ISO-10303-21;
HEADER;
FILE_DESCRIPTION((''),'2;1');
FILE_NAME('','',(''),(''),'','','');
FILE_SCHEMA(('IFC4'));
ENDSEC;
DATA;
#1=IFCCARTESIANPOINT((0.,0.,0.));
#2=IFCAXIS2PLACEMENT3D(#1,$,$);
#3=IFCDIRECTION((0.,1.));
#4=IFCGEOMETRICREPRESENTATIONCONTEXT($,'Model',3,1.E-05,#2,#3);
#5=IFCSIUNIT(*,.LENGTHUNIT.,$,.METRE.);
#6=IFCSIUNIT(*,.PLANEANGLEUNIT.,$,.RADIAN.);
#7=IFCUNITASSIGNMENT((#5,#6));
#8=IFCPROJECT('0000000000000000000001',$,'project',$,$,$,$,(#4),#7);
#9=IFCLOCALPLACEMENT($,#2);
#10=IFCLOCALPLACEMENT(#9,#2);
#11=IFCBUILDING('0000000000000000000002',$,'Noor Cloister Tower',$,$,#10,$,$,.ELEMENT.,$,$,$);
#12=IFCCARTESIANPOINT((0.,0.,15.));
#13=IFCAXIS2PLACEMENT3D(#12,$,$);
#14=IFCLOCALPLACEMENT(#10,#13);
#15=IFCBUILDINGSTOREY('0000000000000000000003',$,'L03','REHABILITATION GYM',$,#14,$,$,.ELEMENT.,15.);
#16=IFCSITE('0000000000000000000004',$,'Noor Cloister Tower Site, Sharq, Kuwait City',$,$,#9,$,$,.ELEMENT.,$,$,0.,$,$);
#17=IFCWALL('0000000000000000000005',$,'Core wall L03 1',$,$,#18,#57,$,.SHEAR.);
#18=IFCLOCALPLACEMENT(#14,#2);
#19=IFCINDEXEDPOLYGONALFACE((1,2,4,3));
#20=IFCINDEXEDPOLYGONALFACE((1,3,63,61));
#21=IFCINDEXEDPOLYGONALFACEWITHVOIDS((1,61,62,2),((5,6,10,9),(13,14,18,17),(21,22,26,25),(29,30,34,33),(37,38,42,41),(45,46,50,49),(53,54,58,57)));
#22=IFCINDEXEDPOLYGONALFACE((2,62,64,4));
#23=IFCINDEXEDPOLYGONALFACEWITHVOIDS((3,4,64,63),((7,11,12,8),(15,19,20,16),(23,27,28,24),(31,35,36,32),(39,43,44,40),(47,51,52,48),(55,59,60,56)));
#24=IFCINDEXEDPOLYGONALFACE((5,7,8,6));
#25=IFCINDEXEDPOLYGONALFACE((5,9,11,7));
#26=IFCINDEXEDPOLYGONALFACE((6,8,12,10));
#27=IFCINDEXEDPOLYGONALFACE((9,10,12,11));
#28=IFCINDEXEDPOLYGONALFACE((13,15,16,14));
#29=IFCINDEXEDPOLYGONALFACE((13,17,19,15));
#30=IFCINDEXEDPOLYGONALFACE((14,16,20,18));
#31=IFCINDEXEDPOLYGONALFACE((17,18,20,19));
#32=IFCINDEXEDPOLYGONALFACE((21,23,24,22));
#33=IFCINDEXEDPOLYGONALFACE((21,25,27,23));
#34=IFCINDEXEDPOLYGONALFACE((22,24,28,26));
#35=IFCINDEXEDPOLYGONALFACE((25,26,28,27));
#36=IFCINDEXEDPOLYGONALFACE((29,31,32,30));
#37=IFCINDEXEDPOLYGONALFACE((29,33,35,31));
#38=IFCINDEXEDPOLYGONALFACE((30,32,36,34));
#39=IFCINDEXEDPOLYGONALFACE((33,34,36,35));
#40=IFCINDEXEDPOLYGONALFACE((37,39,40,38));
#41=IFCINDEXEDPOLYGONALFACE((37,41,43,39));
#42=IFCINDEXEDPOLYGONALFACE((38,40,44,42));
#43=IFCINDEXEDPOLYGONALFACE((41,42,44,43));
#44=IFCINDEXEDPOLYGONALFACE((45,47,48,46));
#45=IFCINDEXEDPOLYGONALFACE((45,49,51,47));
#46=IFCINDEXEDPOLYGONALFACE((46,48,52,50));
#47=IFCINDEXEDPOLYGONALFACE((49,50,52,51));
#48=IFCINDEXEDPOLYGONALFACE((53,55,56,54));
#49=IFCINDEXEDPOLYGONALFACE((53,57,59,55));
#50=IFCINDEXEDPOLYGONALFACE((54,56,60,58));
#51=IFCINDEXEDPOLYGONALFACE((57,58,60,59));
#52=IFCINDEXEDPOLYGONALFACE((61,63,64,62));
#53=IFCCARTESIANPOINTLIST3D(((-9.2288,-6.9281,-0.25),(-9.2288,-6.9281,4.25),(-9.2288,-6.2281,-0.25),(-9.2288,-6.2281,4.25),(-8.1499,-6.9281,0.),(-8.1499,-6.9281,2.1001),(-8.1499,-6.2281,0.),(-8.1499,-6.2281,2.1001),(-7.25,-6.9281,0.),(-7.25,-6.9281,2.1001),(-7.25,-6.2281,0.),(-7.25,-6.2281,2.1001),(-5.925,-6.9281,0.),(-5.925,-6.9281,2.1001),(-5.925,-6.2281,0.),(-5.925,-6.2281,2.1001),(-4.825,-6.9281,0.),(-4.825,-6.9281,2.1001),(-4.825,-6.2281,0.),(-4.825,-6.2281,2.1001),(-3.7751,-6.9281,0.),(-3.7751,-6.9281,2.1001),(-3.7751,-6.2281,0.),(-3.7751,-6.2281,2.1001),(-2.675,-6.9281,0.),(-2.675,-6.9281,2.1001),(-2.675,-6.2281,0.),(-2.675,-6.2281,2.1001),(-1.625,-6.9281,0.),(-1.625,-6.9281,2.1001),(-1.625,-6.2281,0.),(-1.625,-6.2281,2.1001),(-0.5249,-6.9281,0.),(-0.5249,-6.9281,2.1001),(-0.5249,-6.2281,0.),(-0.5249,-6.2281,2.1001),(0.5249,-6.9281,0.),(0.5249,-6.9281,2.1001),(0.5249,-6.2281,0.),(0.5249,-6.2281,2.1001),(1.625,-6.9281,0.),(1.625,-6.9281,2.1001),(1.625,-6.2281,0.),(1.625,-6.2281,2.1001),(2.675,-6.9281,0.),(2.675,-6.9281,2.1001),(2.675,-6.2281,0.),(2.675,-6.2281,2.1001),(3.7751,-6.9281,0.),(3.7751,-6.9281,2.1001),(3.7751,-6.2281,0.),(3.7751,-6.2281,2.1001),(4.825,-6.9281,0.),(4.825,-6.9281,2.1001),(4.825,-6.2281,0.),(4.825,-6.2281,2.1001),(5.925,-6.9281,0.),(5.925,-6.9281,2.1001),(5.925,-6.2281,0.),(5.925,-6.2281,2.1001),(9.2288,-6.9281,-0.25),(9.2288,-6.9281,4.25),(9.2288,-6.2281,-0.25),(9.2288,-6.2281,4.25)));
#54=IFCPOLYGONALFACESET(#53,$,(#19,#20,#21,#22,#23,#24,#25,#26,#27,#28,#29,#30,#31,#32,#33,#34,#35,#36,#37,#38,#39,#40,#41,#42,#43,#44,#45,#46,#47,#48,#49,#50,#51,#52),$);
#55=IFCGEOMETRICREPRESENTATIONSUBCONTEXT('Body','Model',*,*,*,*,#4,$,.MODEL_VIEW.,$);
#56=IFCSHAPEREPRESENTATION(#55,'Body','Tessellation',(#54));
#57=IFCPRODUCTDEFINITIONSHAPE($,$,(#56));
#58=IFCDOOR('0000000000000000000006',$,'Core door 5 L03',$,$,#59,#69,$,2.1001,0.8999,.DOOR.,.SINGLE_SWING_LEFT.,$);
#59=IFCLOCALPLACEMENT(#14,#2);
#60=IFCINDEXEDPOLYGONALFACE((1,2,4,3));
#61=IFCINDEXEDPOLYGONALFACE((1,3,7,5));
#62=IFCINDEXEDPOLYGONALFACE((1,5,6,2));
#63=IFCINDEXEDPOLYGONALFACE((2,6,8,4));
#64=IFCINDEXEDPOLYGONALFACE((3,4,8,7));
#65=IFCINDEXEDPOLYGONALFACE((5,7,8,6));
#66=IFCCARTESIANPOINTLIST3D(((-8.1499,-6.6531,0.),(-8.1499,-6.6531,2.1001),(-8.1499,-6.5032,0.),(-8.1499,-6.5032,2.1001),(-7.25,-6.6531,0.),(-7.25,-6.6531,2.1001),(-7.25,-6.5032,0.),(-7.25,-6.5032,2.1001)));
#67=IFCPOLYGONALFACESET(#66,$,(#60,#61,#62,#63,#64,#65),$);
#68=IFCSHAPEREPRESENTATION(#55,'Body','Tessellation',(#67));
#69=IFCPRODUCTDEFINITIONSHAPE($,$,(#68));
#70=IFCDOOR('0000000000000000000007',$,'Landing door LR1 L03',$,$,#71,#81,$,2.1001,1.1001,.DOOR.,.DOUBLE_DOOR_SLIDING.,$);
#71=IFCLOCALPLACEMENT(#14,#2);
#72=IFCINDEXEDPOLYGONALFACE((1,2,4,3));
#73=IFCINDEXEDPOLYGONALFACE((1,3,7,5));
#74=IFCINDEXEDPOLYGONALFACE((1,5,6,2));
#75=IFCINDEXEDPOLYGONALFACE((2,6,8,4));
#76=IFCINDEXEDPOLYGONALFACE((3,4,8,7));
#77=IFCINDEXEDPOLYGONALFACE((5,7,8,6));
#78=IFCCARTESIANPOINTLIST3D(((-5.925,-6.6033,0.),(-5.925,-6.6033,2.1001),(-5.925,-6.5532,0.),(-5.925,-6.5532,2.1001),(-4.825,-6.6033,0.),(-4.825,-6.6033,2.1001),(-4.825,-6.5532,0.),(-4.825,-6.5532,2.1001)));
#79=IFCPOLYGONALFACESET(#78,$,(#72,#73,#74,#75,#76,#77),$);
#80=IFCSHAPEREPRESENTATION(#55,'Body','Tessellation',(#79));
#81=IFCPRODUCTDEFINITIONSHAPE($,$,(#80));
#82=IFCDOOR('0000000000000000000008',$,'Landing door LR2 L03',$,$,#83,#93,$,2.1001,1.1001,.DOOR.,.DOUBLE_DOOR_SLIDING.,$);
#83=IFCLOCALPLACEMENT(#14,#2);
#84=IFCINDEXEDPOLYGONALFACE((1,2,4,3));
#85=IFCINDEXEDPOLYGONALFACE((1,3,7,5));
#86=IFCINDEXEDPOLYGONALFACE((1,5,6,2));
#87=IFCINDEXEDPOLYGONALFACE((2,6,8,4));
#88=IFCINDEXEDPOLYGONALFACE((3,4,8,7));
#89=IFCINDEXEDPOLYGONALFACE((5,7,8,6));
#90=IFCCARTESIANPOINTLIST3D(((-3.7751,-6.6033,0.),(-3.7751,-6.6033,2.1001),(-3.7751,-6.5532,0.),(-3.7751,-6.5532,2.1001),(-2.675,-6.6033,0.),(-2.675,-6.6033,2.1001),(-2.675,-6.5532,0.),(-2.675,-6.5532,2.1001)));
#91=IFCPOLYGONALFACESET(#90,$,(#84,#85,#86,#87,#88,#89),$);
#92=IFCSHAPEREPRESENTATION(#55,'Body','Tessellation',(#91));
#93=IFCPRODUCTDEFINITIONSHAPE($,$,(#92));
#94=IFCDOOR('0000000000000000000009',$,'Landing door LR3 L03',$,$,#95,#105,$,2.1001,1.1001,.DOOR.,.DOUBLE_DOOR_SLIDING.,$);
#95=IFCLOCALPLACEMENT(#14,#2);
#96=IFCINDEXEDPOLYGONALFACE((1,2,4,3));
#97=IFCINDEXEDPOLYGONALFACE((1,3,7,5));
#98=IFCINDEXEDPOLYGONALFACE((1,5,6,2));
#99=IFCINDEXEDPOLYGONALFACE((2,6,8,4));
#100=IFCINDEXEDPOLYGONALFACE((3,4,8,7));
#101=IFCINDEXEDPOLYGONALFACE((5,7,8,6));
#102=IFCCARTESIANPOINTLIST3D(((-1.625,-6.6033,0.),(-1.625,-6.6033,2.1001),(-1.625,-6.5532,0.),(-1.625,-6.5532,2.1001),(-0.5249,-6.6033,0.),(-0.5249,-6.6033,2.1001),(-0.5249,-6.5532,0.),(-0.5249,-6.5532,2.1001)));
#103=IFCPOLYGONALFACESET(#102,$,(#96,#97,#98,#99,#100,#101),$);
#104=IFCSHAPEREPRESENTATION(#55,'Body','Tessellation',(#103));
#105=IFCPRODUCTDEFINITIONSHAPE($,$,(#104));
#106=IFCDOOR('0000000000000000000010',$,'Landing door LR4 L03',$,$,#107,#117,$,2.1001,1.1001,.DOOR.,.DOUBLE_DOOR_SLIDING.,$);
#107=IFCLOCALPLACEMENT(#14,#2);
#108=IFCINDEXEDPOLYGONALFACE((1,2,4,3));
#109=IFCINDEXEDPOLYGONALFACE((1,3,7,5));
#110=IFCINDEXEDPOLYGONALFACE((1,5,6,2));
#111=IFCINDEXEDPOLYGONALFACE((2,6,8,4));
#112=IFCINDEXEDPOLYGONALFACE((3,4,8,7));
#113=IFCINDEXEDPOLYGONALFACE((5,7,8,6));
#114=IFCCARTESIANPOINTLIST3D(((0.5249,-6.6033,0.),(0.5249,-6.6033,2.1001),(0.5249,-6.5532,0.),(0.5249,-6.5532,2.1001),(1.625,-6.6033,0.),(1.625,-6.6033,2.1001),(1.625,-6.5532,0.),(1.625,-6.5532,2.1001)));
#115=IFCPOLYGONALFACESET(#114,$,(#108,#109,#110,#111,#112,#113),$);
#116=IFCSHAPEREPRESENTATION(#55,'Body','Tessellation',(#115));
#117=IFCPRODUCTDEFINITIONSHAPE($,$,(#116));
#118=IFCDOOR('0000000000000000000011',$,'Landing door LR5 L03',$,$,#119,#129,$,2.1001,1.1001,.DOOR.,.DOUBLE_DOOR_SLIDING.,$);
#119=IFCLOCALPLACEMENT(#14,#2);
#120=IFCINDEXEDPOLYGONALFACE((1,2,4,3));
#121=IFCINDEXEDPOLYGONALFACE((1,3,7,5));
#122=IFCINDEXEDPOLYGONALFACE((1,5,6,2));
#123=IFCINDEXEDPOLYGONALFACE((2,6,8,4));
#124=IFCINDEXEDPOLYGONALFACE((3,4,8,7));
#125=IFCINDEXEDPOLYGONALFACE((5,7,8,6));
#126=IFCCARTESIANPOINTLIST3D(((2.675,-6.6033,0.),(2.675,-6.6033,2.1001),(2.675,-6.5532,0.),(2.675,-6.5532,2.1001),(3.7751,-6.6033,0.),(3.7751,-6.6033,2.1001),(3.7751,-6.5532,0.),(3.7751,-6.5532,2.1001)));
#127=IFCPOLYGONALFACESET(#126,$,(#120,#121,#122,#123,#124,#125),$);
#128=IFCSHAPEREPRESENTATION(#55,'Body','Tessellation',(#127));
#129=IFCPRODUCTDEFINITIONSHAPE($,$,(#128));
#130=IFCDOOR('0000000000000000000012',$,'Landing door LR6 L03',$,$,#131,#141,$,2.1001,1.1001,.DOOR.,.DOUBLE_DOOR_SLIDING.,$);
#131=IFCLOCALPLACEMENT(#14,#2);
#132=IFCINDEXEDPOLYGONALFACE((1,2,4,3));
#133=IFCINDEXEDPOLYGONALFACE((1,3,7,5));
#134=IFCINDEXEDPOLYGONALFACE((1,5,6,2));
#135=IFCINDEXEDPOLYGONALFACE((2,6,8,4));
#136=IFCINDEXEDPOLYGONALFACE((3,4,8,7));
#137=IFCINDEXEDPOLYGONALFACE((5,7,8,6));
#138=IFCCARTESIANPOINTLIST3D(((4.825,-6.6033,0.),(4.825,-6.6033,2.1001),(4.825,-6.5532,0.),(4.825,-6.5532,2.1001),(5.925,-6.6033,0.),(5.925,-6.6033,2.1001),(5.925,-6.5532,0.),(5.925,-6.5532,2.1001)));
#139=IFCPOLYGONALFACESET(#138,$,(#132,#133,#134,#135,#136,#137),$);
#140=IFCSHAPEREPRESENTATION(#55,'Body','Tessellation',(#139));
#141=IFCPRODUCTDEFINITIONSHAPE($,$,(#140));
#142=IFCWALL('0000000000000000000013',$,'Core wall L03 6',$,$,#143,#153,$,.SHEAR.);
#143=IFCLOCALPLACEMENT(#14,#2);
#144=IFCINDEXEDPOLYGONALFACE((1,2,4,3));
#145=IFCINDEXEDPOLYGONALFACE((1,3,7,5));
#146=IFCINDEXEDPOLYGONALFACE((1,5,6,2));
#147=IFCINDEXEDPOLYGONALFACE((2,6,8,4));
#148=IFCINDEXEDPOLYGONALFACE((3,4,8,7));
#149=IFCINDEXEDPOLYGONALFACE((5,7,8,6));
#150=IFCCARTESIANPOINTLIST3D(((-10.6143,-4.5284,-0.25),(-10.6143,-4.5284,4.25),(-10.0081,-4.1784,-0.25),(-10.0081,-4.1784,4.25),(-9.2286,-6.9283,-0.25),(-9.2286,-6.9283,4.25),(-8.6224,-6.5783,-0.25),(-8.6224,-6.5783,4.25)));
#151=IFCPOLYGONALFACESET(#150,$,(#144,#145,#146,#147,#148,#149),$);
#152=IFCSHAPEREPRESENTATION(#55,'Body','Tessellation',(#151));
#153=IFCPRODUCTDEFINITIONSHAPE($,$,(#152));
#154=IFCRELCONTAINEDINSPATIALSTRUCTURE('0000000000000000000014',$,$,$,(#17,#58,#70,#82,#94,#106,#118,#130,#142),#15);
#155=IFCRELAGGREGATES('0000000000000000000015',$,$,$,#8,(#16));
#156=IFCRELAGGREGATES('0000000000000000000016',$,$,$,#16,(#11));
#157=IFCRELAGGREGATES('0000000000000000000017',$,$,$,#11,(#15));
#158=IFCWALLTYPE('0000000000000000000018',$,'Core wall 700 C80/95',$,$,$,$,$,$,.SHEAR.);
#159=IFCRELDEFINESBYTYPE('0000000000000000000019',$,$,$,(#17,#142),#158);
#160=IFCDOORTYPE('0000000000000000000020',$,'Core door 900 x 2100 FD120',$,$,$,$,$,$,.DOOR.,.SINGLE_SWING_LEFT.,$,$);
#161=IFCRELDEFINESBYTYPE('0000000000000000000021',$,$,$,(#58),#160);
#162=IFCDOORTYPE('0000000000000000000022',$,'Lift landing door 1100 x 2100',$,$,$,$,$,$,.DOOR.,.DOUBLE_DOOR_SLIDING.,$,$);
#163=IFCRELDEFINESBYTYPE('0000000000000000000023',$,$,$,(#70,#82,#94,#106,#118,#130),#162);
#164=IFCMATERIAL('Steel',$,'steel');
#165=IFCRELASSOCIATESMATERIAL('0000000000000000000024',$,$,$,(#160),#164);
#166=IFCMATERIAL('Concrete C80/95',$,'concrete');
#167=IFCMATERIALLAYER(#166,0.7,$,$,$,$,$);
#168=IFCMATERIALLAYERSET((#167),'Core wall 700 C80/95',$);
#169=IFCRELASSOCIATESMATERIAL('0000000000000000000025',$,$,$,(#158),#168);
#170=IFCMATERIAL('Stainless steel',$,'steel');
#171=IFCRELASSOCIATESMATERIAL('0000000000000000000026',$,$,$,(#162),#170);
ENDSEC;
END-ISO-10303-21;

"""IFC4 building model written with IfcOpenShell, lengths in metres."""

from ifc_helpers import new_model, si_unit, direction, frame, frame_2d, origin, place, context, subcontext, project, spatial, rectangle, extrude, material, layer, layer_set, type_object, element, fill, save


model = new_model("IFC4")

# Units and contexts
model_context = context("Model", 3, precision=1e-05, world=origin(), true_north=direction((0.0, 1.0)))
body_context = subcontext(model_context, "Body", "Model", "MODEL_VIEW")
ifc_project = project(units=[si_unit("LENGTHUNIT", "METRE"), si_unit("PLANEANGLEUNIT", "RADIAN")], contexts=[model_context])

# Site, building, storey
site_placement = place(None, origin())
site = spatial("IfcSite", under=ifc_project, at=site_placement, Name="Noor Cloister Tower Site, Sharq, Kuwait City", CompositionType="ELEMENT", RefElevation=0.0)
building_placement = place(site_placement, origin())
building = spatial("IfcBuilding", under=site, at=building_placement, Name="Noor Cloister Tower", CompositionType="ELEMENT")
storey_placement = place(building_placement, frame((0.0, 0.0, 15.0)))
storey = spatial("IfcBuildingStorey", under=building, at=storey_placement, Name="L03", Description="REHABILITATION GYM", CompositionType="ELEMENT", Elevation=15.0)

# Shared definitions
ifc_material_1 = material(Name="Steel", Category="steel")
door_type_1 = type_object("IfcDoorType", Name="Core door 900 x 2100 FD120", OperationType="SINGLE_SWING_LEFT", PredefinedType="DOOR", material=ifc_material_1)

# Wall, openings, doors
ifc_material_2 = material(Name="Concrete C80/95", Category="concrete")
ifc_layer_1 = layer(ifc_material_2, 0.7)
ifc_layer_set_1 = layer_set([ifc_layer_1], Name="Core wall 700 C80/95")
wall_type_1 = type_object("IfcWallType", Name="Core wall 700 C80/95", PredefinedType="SHEAR", material=ifc_layer_set_1)
wall_1_placement = place(storey_placement, frame((-9.2288, -6.5781, -0.25), z_axis=(0.0, 0.0, 1.0), x_axis=(1.0, 0.0, 0.0)))
wall_1 = element("IfcWall", 1, at=wall_1_placement, inside=storey, type_object=wall_type_1, Name="Core wall L03 1", PredefinedType="SHEAR", context=body_context, shape_type="SweptSolid", body=[
    extrude(rectangle(XDim=18.4575, YDim=0.7, at=frame_2d((9.2288, 0.0))), origin(), (0.0, 0.0, 1.0), 4.5),
])
opening_1_placement = place(wall_1_placement, frame((3.3037, 0.0, 0.25)))
opening_1 = element("IfcOpeningElement", 2, at=opening_1_placement, cuts=wall_1, PredefinedType="OPENING", context=body_context, shape_type="SweptSolid", body=[
    extrude(rectangle(XDim=1.1001, YDim=2.1001, at=frame_2d((0.55, 1.05))), frame((0.0, 0.3599, 0.0), z_axis=(0.0, -1.0, 0.0), x_axis=(1.0, 0.0, 0.0)), (0.0, 0.0, 1.0), 0.72),
])
opening_2_placement = place(wall_1_placement, frame((5.4536, 0.0, 0.25)))
opening_2 = element("IfcOpeningElement", 3, at=opening_2_placement, cuts=wall_1, PredefinedType="OPENING", context=body_context, shape_type="SweptSolid", body=[
    extrude(rectangle(XDim=1.1001, YDim=2.1001, at=frame_2d((0.55, 1.05))), frame((0.0, 0.3599, 0.0), z_axis=(0.0, -1.0, 0.0), x_axis=(1.0, 0.0, 0.0)), (0.0, 0.0, 1.0), 0.72),
])
opening_3_placement = place(wall_1_placement, frame((7.6038, 0.0, 0.25)))
opening_3 = element("IfcOpeningElement", 4, at=opening_3_placement, cuts=wall_1, PredefinedType="OPENING", context=body_context, shape_type="SweptSolid", body=[
    extrude(rectangle(XDim=1.1001, YDim=2.1001, at=frame_2d((0.55, 1.05))), frame((0.0, 0.3599, 0.0), z_axis=(0.0, -1.0, 0.0), x_axis=(1.0, 0.0, 0.0)), (0.0, 0.0, 1.0), 0.72),
])
opening_4_placement = place(wall_1_placement, frame((9.7537, 0.0, 0.25)))
opening_4 = element("IfcOpeningElement", 5, at=opening_4_placement, cuts=wall_1, PredefinedType="OPENING", context=body_context, shape_type="SweptSolid", body=[
    extrude(rectangle(XDim=1.1001, YDim=2.1001, at=frame_2d((0.55, 1.05))), frame((0.0, 0.3599, 0.0), z_axis=(0.0, -1.0, 0.0), x_axis=(1.0, 0.0, 0.0)), (0.0, 0.0, 1.0), 0.72),
])
opening_5_placement = place(wall_1_placement, frame((11.9038, 0.0, 0.25)))
opening_5 = element("IfcOpeningElement", 6, at=opening_5_placement, cuts=wall_1, PredefinedType="OPENING", context=body_context, shape_type="SweptSolid", body=[
    extrude(rectangle(XDim=1.1001, YDim=2.1001, at=frame_2d((0.55, 1.05))), frame((0.0, 0.3599, 0.0), z_axis=(0.0, -1.0, 0.0), x_axis=(1.0, 0.0, 0.0)), (0.0, 0.0, 1.0), 0.72),
])
opening_6_placement = place(wall_1_placement, frame((14.0537, 0.0, 0.25)))
opening_6 = element("IfcOpeningElement", 7, at=opening_6_placement, cuts=wall_1, PredefinedType="OPENING", context=body_context, shape_type="SweptSolid", body=[
    extrude(rectangle(XDim=1.1001, YDim=2.1001, at=frame_2d((0.55, 1.05))), frame((0.0, 0.3599, 0.0), z_axis=(0.0, -1.0, 0.0), x_axis=(1.0, 0.0, 0.0)), (0.0, 0.0, 1.0), 0.72),
])
opening_7_placement = place(wall_1_placement, frame((1.0789, 0.0, 0.25)))
opening_7 = element("IfcOpeningElement", 8, at=opening_7_placement, cuts=wall_1, PredefinedType="OPENING", context=body_context, shape_type="SweptSolid", body=[
    extrude(rectangle(XDim=0.8999, YDim=2.1001, at=frame_2d((0.45, 1.05))), frame((0.0, 0.3599, 0.0), z_axis=(0.0, -1.0, 0.0), x_axis=(1.0, 0.0, 0.0)), (0.0, 0.0, 1.0), 0.72),
])
door_1_placement = place(opening_7_placement, origin())
door_1 = element("IfcDoor", 9, at=door_1_placement, inside=storey, type_object=door_type_1, Name="Core door 5 L03", OperationType="SINGLE_SWING_LEFT", OverallHeight=2.1001, OverallWidth=0.8999, PredefinedType="DOOR", context=body_context, shape_type="SweptSolid", body=[
    extrude(rectangle(XDim=0.8999, YDim=2.1001, at=frame_2d((0.45, 1.05))), frame((0.0, 0.075, 0.0), z_axis=(0.0, -1.0, 0.0), x_axis=(1.0, 0.0, 0.0)), (0.0, 0.0, 1.0), 0.1499),
])
fill(opening_7, door_1)
ifc_material_3 = material(Name="Stainless steel", Category="steel")
door_type_2 = type_object("IfcDoorType", Name="Lift landing door 1100 x 2100", OperationType="DOUBLE_DOOR_SLIDING", PredefinedType="DOOR", material=ifc_material_3)
door_2_placement = place(opening_1_placement, origin())
door_2 = element("IfcDoor", 10, at=door_2_placement, inside=storey, type_object=door_type_2, Name="Landing door LR1 L03", OperationType="DOUBLE_DOOR_SLIDING", OverallHeight=2.1001, OverallWidth=1.1001, PredefinedType="DOOR", context=body_context, shape_type="SweptSolid", body=[
    extrude(rectangle(XDim=1.1001, YDim=2.1001, at=frame_2d((0.55, 1.05))), frame((0.0, 0.0249, 0.0), z_axis=(0.0, -1.0, 0.0), x_axis=(1.0, 0.0, 0.0)), (0.0, 0.0, 1.0), 0.05),
])
fill(opening_1, door_2)
door_3_placement = place(opening_2_placement, origin())
door_3 = element("IfcDoor", 11, at=door_3_placement, inside=storey, type_object=door_type_2, Name="Landing door LR2 L03", OperationType="DOUBLE_DOOR_SLIDING", OverallHeight=2.1001, OverallWidth=1.1001, PredefinedType="DOOR", context=body_context, shape_type="SweptSolid", body=[
    extrude(rectangle(XDim=1.1001, YDim=2.1001, at=frame_2d((0.55, 1.05))), frame((0.0, 0.0249, 0.0), z_axis=(0.0, -1.0, 0.0), x_axis=(1.0, 0.0, 0.0)), (0.0, 0.0, 1.0), 0.05),
])
fill(opening_2, door_3)
door_4_placement = place(opening_3_placement, origin())
door_4 = element("IfcDoor", 12, at=door_4_placement, inside=storey, type_object=door_type_2, Name="Landing door LR3 L03", OperationType="DOUBLE_DOOR_SLIDING", OverallHeight=2.1001, OverallWidth=1.1001, PredefinedType="DOOR", context=body_context, shape_type="SweptSolid", body=[
    extrude(rectangle(XDim=1.1001, YDim=2.1001, at=frame_2d((0.55, 1.05))), frame((0.0, 0.0249, 0.0), z_axis=(0.0, -1.0, 0.0), x_axis=(1.0, 0.0, 0.0)), (0.0, 0.0, 1.0), 0.05),
])
fill(opening_3, door_4)
door_5_placement = place(opening_4_placement, origin())
door_5 = element("IfcDoor", 13, at=door_5_placement, inside=storey, type_object=door_type_2, Name="Landing door LR4 L03", OperationType="DOUBLE_DOOR_SLIDING", OverallHeight=2.1001, OverallWidth=1.1001, PredefinedType="DOOR", context=body_context, shape_type="SweptSolid", body=[
    extrude(rectangle(XDim=1.1001, YDim=2.1001, at=frame_2d((0.55, 1.05))), frame((0.0, 0.0249, 0.0), z_axis=(0.0, -1.0, 0.0), x_axis=(1.0, 0.0, 0.0)), (0.0, 0.0, 1.0), 0.05),
])
fill(opening_4, door_5)
door_6_placement = place(opening_5_placement, origin())
door_6 = element("IfcDoor", 14, at=door_6_placement, inside=storey, type_object=door_type_2, Name="Landing door LR5 L03", OperationType="DOUBLE_DOOR_SLIDING", OverallHeight=2.1001, OverallWidth=1.1001, PredefinedType="DOOR", context=body_context, shape_type="SweptSolid", body=[
    extrude(rectangle(XDim=1.1001, YDim=2.1001, at=frame_2d((0.55, 1.05))), frame((0.0, 0.0249, 0.0), z_axis=(0.0, -1.0, 0.0), x_axis=(1.0, 0.0, 0.0)), (0.0, 0.0, 1.0), 0.05),
])
fill(opening_5, door_6)
door_7_placement = place(opening_6_placement, origin())
door_7 = element("IfcDoor", 15, at=door_7_placement, inside=storey, type_object=door_type_2, Name="Landing door LR6 L03", OperationType="DOUBLE_DOOR_SLIDING", OverallHeight=2.1001, OverallWidth=1.1001, PredefinedType="DOOR", context=body_context, shape_type="SweptSolid", body=[
    extrude(rectangle(XDim=1.1001, YDim=2.1001, at=frame_2d((0.55, 1.05))), frame((0.0, 0.0249, 0.0), z_axis=(0.0, -1.0, 0.0), x_axis=(1.0, 0.0, 0.0)), (0.0, 0.0, 1.0), 0.05),
])
fill(opening_6, door_7)

# Wall
wall_2_placement = place(storey_placement, frame((-10.3113, -4.3533, -0.25), z_axis=(0.0, 0.0, 1.0), x_axis=(0.500043, -0.866001, 0.0)))
element("IfcWall", 16, at=wall_2_placement, inside=storey, type_object=wall_type_1, Name="Core wall L03 6", PredefinedType="SHEAR", context=body_context, shape_type="SweptSolid", body=[
    extrude(rectangle(XDim=2.7712, YDim=0.7, at=frame_2d((1.3857, 0.0))), origin(), (0.0, 0.0, 1.0), 4.5),
])

save(model, "model.ifc")
